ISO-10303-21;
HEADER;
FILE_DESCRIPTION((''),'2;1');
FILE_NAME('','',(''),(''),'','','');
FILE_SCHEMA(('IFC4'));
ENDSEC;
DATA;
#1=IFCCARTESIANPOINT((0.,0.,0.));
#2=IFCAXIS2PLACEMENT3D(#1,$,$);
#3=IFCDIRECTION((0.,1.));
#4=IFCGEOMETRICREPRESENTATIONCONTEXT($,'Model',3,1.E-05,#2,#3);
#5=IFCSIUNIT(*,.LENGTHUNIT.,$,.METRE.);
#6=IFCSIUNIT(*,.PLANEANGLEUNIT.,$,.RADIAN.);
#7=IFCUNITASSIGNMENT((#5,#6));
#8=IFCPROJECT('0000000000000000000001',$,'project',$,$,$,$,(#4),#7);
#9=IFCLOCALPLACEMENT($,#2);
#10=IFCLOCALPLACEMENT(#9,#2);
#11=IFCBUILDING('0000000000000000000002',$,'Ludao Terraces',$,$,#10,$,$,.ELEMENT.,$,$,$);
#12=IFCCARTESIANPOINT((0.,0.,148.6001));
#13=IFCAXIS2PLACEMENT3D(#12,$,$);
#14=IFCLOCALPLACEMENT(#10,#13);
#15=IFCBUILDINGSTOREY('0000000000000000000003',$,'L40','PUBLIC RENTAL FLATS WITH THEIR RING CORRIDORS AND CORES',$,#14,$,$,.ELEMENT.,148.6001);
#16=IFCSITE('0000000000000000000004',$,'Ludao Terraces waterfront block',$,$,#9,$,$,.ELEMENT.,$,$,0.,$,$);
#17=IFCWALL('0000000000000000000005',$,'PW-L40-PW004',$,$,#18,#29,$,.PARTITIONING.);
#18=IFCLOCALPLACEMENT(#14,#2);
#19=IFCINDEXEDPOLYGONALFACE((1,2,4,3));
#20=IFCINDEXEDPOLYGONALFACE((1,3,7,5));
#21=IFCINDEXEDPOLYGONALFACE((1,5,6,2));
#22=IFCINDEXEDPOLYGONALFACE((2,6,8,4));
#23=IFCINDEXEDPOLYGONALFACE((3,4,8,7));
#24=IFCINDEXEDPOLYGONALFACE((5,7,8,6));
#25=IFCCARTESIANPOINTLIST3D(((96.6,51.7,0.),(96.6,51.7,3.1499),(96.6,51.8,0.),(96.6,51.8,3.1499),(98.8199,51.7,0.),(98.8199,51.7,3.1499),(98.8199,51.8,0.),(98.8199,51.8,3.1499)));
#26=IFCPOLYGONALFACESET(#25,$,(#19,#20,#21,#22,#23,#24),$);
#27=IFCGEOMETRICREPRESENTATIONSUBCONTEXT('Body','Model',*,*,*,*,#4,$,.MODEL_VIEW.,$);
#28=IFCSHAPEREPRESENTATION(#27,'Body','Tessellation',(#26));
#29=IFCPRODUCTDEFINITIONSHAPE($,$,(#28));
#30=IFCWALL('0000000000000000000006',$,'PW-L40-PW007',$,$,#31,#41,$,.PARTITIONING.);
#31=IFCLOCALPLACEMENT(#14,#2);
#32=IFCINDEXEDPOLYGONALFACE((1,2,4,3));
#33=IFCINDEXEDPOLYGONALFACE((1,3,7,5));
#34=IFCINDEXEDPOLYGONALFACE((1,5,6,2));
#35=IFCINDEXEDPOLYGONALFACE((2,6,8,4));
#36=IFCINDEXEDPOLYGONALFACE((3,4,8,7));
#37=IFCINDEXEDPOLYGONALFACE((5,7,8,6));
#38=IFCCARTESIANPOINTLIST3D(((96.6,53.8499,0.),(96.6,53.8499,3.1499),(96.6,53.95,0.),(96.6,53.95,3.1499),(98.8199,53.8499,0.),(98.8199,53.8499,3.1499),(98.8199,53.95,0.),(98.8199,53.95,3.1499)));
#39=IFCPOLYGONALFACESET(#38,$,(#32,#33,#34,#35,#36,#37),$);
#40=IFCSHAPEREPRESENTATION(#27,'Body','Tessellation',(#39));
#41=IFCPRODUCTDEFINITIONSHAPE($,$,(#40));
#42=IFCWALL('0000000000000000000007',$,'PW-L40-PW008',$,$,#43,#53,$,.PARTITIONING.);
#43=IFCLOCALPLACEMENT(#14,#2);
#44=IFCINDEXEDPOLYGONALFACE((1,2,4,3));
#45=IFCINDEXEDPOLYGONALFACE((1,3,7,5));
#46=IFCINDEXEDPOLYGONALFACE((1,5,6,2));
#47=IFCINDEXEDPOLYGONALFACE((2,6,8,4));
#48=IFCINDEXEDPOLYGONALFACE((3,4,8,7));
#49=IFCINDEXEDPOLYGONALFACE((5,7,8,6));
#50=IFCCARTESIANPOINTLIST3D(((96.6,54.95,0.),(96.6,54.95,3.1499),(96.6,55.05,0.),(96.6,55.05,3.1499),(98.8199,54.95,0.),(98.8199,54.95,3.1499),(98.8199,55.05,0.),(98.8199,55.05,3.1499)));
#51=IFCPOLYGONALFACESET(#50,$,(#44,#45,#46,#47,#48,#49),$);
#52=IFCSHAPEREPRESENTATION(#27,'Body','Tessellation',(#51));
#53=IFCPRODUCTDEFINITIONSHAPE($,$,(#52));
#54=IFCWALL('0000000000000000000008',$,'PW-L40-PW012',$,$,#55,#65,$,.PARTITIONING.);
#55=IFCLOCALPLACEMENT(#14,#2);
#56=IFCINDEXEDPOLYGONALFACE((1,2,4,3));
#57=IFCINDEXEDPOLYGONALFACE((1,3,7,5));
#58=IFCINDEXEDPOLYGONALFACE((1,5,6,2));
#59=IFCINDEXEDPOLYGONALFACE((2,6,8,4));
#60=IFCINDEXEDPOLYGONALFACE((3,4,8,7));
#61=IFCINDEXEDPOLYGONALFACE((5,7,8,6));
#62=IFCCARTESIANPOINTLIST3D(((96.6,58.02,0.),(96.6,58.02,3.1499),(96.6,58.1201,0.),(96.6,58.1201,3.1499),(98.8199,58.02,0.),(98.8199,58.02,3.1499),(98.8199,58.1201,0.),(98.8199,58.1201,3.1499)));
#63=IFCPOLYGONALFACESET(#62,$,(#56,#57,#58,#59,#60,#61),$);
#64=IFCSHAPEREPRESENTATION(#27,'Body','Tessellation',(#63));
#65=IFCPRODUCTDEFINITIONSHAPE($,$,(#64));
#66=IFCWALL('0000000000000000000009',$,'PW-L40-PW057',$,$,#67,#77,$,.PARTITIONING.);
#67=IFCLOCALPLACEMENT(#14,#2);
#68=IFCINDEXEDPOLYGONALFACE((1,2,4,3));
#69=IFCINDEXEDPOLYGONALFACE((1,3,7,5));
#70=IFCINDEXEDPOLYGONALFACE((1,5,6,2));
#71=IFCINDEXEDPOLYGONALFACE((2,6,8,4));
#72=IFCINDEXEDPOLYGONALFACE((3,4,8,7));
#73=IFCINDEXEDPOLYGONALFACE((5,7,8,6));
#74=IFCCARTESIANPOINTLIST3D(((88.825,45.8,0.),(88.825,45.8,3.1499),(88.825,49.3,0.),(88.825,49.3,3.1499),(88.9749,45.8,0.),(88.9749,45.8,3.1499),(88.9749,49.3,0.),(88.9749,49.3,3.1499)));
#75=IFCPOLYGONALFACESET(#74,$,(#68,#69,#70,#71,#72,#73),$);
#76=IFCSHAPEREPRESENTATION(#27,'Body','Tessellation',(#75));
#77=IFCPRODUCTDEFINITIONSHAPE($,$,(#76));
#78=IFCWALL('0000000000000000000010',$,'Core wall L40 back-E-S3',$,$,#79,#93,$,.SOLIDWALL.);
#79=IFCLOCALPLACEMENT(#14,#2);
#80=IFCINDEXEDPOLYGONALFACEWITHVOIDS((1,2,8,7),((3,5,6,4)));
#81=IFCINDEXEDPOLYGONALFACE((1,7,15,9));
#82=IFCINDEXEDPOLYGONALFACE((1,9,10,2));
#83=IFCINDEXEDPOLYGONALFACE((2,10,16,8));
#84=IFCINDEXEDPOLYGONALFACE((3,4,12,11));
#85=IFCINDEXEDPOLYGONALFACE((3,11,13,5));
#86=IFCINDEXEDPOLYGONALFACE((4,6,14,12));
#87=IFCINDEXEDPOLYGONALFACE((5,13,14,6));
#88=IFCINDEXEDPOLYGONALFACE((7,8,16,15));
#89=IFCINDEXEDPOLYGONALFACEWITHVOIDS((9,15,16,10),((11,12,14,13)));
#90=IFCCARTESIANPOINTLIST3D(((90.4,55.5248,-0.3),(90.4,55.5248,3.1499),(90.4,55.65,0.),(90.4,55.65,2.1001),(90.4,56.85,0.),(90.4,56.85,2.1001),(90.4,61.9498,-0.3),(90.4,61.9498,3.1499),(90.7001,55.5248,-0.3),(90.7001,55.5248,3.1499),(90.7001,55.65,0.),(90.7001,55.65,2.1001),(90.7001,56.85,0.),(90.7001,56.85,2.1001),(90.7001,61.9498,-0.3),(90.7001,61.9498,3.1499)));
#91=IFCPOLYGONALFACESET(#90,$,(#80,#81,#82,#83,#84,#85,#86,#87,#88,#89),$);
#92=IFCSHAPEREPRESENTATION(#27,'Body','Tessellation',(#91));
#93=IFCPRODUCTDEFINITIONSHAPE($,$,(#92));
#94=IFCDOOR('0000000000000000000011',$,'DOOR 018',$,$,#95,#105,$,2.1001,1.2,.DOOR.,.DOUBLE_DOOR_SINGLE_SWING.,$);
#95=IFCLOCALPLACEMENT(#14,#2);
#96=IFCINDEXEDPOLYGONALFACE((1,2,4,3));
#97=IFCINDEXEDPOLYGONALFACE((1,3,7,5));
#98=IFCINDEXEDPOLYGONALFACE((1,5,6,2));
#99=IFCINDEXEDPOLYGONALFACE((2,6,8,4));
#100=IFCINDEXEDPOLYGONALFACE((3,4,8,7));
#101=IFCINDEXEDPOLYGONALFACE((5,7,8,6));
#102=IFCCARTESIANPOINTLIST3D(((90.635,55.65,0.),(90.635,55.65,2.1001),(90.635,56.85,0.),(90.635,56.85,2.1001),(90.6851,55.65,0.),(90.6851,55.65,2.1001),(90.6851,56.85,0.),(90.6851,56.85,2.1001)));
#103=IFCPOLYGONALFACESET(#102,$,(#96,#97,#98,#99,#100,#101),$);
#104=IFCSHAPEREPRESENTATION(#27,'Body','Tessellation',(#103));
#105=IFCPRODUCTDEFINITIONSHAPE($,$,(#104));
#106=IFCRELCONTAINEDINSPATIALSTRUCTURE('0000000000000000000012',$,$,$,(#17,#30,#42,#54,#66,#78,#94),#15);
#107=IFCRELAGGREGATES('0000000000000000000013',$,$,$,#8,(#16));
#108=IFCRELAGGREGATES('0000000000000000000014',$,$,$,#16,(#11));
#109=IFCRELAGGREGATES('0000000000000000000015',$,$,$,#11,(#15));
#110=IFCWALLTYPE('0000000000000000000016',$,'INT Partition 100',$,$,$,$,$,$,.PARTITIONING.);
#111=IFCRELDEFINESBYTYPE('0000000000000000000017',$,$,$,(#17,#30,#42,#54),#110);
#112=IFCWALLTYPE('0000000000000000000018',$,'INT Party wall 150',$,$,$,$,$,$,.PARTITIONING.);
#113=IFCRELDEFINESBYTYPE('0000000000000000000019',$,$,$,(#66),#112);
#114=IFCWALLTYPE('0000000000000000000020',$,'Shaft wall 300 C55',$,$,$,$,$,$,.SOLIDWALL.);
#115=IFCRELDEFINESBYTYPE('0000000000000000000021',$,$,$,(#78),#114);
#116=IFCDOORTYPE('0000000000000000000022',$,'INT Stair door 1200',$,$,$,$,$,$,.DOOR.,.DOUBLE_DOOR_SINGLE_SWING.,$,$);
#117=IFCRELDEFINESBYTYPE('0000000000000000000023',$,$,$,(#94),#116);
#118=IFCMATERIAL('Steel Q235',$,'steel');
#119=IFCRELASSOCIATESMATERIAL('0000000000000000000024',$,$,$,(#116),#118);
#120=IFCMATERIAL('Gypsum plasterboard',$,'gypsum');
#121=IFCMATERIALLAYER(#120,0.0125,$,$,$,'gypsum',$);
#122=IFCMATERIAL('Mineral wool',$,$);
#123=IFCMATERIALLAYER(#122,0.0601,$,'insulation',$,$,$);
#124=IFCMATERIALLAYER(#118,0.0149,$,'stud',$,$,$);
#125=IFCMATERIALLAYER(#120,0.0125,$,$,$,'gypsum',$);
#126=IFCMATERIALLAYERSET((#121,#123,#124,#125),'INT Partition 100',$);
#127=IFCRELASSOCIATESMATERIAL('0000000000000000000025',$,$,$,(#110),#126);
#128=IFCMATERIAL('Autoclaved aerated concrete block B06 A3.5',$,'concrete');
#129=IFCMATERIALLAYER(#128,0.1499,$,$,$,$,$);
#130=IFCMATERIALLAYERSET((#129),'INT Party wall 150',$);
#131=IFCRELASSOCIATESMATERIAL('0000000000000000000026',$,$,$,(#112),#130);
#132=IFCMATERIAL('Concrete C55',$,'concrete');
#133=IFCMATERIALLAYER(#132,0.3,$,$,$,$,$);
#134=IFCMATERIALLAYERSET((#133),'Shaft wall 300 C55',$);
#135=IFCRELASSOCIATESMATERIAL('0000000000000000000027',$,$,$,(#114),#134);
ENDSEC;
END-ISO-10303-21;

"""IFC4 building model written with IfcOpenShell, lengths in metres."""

from ifc_helpers import new_model, si_unit, direction, frame, frame_2d, origin, place, context, subcontext, project, spatial, rectangle, extrude, material, layer, layer_set, type_object, element, fill, save


model = new_model("IFC4")

# Units and contexts
model_context = context("Model", 3, precision=1e-05, world=origin(), true_north=direction((0.0, 1.0)))
body_context = subcontext(model_context, "Body", "Model", "MODEL_VIEW")
ifc_project = project(units=[si_unit("LENGTHUNIT", "METRE"), si_unit("PLANEANGLEUNIT", "RADIAN")], contexts=[model_context])

# Site, building, storey
site_placement = place(None, origin())
site = spatial("IfcSite", under=ifc_project, at=site_placement, Name="Ludao Terraces waterfront block", CompositionType="ELEMENT", RefElevation=0.0)
building_placement = place(site_placement, origin())
building = spatial("IfcBuilding", under=site, at=building_placement, Name="Ludao Terraces", CompositionType="ELEMENT")
storey_placement = place(building_placement, frame((0.0, 0.0, 148.6001)))
storey = spatial("IfcBuildingStorey", under=building, at=storey_placement, Name="L40", Description="PUBLIC RENTAL FLATS WITH THEIR RING CORRIDORS AND CORES", CompositionType="ELEMENT", Elevation=148.6001)

# Shared definitions
ifc_material_1 = material(Name="Steel Q235", Category="steel")
door_type_1 = type_object("IfcDoorType", Name="INT Stair door 1200", OperationType="DOUBLE_DOOR_SINGLE_SWING", PredefinedType="DOOR", material=ifc_material_1)

# Shared definitions
ifc_material_2 = material(Name="Mineral wool")

# Shared definitions
ifc_material_3 = material(Name="Gypsum plasterboard", Category="gypsum")
ifc_layer_1 = layer(ifc_material_3, 0.0125, Category="gypsum")
ifc_layer_2 = layer(ifc_material_2, 0.0601, Name="insulation")
ifc_layer_3 = layer(ifc_material_1, 0.0149, Name="stud")
ifc_layer_4 = layer(ifc_material_3, 0.0125, Category="gypsum")
ifc_layer_set_1 = layer_set([ifc_layer_1, ifc_layer_2, ifc_layer_3, ifc_layer_4], Name="INT Partition 100")
wall_type_1 = type_object("IfcWallType", Name="INT Partition 100", PredefinedType="PARTITIONING", material=ifc_layer_set_1)

# Walls
for number, where, z_axis, x_axis, name in (
    (1, (96.6001, 51.75, 0.0), (0.0, 0.0, 1.0), (1.0, 0.0, 0.0), "PW-L40-PW004"),
    (2, (96.6001, 53.8999, 0.0), (0.0, 0.0, 1.0), (1.0, 0.0, 0.0), "PW-L40-PW007"),
    (3, (96.6001, 55.0, 0.0), (0.0, 0.0, 1.0), (1.0, 0.0, 0.0), "PW-L40-PW008"),
    (4, (96.6001, 58.0701, 0.0), (0.0, 0.0, 1.0), (1.0, 0.0, 0.0), "PW-L40-PW012"),
):
    element("IfcWall", number, at=place(storey_placement, frame(where, z_axis=z_axis, x_axis=x_axis)), inside=storey, type_object=wall_type_1, Name=name, PredefinedType="PARTITIONING", context=body_context, shape_type="SweptSolid", body=[
        extrude(rectangle(XDim=2.22, YDim=0.1001, at=frame_2d((1.1099, 0.0))), origin(), (0.0, 0.0, 1.0), 3.1499),
    ])
ifc_material_4 = material(Name="Autoclaved aerated concrete block B06 A3.5", Category="concrete")
ifc_layer_5 = layer(ifc_material_4, 0.1499)
ifc_layer_set_2 = layer_set([ifc_layer_5], Name="INT Party wall 150")
wall_type_2 = type_object("IfcWallType", Name="INT Party wall 150", PredefinedType="PARTITIONING", material=ifc_layer_set_2)
wall_1_placement = place(storey_placement, frame((88.8999, 45.8, 0.0), z_axis=(0.0, 0.0, 1.0), x_axis=(0.0, 1.0, 0.0)))
element("IfcWall", 5, at=wall_1_placement, inside=storey, type_object=wall_type_2, Name="PW-L40-PW057", PredefinedType="PARTITIONING", context=body_context, shape_type="SweptSolid", body=[
    extrude(rectangle(XDim=3.5, YDim=0.1499, at=frame_2d((1.75, 0.0))), origin(), (0.0, 0.0, 1.0), 3.1499),
])

# Wall, opening, door
ifc_material_5 = material(Name="Concrete C55", Category="concrete")
ifc_layer_6 = layer(ifc_material_5, 0.3)
ifc_layer_set_3 = layer_set([ifc_layer_6], Name="Shaft wall 300 C55")
wall_type_3 = type_object("IfcWallType", Name="Shaft wall 300 C55", PredefinedType="SOLIDWALL", material=ifc_layer_set_3)
wall_2_placement = place(storey_placement, frame((90.55, 55.5249, -0.3), z_axis=(0.0, 0.0, 1.0), x_axis=(0.0, 1.0, 0.0)))
wall_2 = element("IfcWall", 6, at=wall_2_placement, inside=storey, type_object=wall_type_3, Name="Core wall L40 back-E-S3", PredefinedType="SOLIDWALL", context=body_context, shape_type="SweptSolid", body=[
    extrude(rectangle(XDim=6.425, YDim=0.3, at=frame_2d((3.2124, 0.0))), origin(), (0.0, 0.0, 1.0), 3.45),
])
opening_1_placement = place(wall_2_placement, frame((0.125, 0.0, 0.3)))
opening_1 = element("IfcOpeningElement", 7, at=opening_1_placement, cuts=wall_2, PredefinedType="OPENING", context=body_context, shape_type="SweptSolid", body=[
    extrude(rectangle(XDim=1.2, YDim=2.1001, at=frame_2d((0.6001, 1.05))), frame((0.0, 0.1602, 0.0), z_axis=(0.0, -1.0, 0.0), x_axis=(1.0, 0.0, 0.0)), (0.0, 0.0, 1.0), 0.3201),
])
door_1_placement = place(opening_1_placement, origin())
door_1 = element("IfcDoor", 8, at=door_1_placement, inside=storey, type_object=door_type_1, Name="DOOR 018", OperationType="DOUBLE_DOOR_SINGLE_SWING", OverallHeight=2.1001, OverallWidth=1.2, PredefinedType="DOOR", context=body_context, shape_type="SweptSolid", body=[
    extrude(rectangle(XDim=1.2, YDim=2.1001, at=frame_2d((0.6001, 1.05))), frame((0.0, -0.085, 0.0), z_axis=(0.0, -1.0, 0.0), x_axis=(1.0, 0.0, 0.0)), (0.0, 0.0, 1.0), 0.05),
])
fill(opening_1, door_1)

save(model, "model.ifc")
